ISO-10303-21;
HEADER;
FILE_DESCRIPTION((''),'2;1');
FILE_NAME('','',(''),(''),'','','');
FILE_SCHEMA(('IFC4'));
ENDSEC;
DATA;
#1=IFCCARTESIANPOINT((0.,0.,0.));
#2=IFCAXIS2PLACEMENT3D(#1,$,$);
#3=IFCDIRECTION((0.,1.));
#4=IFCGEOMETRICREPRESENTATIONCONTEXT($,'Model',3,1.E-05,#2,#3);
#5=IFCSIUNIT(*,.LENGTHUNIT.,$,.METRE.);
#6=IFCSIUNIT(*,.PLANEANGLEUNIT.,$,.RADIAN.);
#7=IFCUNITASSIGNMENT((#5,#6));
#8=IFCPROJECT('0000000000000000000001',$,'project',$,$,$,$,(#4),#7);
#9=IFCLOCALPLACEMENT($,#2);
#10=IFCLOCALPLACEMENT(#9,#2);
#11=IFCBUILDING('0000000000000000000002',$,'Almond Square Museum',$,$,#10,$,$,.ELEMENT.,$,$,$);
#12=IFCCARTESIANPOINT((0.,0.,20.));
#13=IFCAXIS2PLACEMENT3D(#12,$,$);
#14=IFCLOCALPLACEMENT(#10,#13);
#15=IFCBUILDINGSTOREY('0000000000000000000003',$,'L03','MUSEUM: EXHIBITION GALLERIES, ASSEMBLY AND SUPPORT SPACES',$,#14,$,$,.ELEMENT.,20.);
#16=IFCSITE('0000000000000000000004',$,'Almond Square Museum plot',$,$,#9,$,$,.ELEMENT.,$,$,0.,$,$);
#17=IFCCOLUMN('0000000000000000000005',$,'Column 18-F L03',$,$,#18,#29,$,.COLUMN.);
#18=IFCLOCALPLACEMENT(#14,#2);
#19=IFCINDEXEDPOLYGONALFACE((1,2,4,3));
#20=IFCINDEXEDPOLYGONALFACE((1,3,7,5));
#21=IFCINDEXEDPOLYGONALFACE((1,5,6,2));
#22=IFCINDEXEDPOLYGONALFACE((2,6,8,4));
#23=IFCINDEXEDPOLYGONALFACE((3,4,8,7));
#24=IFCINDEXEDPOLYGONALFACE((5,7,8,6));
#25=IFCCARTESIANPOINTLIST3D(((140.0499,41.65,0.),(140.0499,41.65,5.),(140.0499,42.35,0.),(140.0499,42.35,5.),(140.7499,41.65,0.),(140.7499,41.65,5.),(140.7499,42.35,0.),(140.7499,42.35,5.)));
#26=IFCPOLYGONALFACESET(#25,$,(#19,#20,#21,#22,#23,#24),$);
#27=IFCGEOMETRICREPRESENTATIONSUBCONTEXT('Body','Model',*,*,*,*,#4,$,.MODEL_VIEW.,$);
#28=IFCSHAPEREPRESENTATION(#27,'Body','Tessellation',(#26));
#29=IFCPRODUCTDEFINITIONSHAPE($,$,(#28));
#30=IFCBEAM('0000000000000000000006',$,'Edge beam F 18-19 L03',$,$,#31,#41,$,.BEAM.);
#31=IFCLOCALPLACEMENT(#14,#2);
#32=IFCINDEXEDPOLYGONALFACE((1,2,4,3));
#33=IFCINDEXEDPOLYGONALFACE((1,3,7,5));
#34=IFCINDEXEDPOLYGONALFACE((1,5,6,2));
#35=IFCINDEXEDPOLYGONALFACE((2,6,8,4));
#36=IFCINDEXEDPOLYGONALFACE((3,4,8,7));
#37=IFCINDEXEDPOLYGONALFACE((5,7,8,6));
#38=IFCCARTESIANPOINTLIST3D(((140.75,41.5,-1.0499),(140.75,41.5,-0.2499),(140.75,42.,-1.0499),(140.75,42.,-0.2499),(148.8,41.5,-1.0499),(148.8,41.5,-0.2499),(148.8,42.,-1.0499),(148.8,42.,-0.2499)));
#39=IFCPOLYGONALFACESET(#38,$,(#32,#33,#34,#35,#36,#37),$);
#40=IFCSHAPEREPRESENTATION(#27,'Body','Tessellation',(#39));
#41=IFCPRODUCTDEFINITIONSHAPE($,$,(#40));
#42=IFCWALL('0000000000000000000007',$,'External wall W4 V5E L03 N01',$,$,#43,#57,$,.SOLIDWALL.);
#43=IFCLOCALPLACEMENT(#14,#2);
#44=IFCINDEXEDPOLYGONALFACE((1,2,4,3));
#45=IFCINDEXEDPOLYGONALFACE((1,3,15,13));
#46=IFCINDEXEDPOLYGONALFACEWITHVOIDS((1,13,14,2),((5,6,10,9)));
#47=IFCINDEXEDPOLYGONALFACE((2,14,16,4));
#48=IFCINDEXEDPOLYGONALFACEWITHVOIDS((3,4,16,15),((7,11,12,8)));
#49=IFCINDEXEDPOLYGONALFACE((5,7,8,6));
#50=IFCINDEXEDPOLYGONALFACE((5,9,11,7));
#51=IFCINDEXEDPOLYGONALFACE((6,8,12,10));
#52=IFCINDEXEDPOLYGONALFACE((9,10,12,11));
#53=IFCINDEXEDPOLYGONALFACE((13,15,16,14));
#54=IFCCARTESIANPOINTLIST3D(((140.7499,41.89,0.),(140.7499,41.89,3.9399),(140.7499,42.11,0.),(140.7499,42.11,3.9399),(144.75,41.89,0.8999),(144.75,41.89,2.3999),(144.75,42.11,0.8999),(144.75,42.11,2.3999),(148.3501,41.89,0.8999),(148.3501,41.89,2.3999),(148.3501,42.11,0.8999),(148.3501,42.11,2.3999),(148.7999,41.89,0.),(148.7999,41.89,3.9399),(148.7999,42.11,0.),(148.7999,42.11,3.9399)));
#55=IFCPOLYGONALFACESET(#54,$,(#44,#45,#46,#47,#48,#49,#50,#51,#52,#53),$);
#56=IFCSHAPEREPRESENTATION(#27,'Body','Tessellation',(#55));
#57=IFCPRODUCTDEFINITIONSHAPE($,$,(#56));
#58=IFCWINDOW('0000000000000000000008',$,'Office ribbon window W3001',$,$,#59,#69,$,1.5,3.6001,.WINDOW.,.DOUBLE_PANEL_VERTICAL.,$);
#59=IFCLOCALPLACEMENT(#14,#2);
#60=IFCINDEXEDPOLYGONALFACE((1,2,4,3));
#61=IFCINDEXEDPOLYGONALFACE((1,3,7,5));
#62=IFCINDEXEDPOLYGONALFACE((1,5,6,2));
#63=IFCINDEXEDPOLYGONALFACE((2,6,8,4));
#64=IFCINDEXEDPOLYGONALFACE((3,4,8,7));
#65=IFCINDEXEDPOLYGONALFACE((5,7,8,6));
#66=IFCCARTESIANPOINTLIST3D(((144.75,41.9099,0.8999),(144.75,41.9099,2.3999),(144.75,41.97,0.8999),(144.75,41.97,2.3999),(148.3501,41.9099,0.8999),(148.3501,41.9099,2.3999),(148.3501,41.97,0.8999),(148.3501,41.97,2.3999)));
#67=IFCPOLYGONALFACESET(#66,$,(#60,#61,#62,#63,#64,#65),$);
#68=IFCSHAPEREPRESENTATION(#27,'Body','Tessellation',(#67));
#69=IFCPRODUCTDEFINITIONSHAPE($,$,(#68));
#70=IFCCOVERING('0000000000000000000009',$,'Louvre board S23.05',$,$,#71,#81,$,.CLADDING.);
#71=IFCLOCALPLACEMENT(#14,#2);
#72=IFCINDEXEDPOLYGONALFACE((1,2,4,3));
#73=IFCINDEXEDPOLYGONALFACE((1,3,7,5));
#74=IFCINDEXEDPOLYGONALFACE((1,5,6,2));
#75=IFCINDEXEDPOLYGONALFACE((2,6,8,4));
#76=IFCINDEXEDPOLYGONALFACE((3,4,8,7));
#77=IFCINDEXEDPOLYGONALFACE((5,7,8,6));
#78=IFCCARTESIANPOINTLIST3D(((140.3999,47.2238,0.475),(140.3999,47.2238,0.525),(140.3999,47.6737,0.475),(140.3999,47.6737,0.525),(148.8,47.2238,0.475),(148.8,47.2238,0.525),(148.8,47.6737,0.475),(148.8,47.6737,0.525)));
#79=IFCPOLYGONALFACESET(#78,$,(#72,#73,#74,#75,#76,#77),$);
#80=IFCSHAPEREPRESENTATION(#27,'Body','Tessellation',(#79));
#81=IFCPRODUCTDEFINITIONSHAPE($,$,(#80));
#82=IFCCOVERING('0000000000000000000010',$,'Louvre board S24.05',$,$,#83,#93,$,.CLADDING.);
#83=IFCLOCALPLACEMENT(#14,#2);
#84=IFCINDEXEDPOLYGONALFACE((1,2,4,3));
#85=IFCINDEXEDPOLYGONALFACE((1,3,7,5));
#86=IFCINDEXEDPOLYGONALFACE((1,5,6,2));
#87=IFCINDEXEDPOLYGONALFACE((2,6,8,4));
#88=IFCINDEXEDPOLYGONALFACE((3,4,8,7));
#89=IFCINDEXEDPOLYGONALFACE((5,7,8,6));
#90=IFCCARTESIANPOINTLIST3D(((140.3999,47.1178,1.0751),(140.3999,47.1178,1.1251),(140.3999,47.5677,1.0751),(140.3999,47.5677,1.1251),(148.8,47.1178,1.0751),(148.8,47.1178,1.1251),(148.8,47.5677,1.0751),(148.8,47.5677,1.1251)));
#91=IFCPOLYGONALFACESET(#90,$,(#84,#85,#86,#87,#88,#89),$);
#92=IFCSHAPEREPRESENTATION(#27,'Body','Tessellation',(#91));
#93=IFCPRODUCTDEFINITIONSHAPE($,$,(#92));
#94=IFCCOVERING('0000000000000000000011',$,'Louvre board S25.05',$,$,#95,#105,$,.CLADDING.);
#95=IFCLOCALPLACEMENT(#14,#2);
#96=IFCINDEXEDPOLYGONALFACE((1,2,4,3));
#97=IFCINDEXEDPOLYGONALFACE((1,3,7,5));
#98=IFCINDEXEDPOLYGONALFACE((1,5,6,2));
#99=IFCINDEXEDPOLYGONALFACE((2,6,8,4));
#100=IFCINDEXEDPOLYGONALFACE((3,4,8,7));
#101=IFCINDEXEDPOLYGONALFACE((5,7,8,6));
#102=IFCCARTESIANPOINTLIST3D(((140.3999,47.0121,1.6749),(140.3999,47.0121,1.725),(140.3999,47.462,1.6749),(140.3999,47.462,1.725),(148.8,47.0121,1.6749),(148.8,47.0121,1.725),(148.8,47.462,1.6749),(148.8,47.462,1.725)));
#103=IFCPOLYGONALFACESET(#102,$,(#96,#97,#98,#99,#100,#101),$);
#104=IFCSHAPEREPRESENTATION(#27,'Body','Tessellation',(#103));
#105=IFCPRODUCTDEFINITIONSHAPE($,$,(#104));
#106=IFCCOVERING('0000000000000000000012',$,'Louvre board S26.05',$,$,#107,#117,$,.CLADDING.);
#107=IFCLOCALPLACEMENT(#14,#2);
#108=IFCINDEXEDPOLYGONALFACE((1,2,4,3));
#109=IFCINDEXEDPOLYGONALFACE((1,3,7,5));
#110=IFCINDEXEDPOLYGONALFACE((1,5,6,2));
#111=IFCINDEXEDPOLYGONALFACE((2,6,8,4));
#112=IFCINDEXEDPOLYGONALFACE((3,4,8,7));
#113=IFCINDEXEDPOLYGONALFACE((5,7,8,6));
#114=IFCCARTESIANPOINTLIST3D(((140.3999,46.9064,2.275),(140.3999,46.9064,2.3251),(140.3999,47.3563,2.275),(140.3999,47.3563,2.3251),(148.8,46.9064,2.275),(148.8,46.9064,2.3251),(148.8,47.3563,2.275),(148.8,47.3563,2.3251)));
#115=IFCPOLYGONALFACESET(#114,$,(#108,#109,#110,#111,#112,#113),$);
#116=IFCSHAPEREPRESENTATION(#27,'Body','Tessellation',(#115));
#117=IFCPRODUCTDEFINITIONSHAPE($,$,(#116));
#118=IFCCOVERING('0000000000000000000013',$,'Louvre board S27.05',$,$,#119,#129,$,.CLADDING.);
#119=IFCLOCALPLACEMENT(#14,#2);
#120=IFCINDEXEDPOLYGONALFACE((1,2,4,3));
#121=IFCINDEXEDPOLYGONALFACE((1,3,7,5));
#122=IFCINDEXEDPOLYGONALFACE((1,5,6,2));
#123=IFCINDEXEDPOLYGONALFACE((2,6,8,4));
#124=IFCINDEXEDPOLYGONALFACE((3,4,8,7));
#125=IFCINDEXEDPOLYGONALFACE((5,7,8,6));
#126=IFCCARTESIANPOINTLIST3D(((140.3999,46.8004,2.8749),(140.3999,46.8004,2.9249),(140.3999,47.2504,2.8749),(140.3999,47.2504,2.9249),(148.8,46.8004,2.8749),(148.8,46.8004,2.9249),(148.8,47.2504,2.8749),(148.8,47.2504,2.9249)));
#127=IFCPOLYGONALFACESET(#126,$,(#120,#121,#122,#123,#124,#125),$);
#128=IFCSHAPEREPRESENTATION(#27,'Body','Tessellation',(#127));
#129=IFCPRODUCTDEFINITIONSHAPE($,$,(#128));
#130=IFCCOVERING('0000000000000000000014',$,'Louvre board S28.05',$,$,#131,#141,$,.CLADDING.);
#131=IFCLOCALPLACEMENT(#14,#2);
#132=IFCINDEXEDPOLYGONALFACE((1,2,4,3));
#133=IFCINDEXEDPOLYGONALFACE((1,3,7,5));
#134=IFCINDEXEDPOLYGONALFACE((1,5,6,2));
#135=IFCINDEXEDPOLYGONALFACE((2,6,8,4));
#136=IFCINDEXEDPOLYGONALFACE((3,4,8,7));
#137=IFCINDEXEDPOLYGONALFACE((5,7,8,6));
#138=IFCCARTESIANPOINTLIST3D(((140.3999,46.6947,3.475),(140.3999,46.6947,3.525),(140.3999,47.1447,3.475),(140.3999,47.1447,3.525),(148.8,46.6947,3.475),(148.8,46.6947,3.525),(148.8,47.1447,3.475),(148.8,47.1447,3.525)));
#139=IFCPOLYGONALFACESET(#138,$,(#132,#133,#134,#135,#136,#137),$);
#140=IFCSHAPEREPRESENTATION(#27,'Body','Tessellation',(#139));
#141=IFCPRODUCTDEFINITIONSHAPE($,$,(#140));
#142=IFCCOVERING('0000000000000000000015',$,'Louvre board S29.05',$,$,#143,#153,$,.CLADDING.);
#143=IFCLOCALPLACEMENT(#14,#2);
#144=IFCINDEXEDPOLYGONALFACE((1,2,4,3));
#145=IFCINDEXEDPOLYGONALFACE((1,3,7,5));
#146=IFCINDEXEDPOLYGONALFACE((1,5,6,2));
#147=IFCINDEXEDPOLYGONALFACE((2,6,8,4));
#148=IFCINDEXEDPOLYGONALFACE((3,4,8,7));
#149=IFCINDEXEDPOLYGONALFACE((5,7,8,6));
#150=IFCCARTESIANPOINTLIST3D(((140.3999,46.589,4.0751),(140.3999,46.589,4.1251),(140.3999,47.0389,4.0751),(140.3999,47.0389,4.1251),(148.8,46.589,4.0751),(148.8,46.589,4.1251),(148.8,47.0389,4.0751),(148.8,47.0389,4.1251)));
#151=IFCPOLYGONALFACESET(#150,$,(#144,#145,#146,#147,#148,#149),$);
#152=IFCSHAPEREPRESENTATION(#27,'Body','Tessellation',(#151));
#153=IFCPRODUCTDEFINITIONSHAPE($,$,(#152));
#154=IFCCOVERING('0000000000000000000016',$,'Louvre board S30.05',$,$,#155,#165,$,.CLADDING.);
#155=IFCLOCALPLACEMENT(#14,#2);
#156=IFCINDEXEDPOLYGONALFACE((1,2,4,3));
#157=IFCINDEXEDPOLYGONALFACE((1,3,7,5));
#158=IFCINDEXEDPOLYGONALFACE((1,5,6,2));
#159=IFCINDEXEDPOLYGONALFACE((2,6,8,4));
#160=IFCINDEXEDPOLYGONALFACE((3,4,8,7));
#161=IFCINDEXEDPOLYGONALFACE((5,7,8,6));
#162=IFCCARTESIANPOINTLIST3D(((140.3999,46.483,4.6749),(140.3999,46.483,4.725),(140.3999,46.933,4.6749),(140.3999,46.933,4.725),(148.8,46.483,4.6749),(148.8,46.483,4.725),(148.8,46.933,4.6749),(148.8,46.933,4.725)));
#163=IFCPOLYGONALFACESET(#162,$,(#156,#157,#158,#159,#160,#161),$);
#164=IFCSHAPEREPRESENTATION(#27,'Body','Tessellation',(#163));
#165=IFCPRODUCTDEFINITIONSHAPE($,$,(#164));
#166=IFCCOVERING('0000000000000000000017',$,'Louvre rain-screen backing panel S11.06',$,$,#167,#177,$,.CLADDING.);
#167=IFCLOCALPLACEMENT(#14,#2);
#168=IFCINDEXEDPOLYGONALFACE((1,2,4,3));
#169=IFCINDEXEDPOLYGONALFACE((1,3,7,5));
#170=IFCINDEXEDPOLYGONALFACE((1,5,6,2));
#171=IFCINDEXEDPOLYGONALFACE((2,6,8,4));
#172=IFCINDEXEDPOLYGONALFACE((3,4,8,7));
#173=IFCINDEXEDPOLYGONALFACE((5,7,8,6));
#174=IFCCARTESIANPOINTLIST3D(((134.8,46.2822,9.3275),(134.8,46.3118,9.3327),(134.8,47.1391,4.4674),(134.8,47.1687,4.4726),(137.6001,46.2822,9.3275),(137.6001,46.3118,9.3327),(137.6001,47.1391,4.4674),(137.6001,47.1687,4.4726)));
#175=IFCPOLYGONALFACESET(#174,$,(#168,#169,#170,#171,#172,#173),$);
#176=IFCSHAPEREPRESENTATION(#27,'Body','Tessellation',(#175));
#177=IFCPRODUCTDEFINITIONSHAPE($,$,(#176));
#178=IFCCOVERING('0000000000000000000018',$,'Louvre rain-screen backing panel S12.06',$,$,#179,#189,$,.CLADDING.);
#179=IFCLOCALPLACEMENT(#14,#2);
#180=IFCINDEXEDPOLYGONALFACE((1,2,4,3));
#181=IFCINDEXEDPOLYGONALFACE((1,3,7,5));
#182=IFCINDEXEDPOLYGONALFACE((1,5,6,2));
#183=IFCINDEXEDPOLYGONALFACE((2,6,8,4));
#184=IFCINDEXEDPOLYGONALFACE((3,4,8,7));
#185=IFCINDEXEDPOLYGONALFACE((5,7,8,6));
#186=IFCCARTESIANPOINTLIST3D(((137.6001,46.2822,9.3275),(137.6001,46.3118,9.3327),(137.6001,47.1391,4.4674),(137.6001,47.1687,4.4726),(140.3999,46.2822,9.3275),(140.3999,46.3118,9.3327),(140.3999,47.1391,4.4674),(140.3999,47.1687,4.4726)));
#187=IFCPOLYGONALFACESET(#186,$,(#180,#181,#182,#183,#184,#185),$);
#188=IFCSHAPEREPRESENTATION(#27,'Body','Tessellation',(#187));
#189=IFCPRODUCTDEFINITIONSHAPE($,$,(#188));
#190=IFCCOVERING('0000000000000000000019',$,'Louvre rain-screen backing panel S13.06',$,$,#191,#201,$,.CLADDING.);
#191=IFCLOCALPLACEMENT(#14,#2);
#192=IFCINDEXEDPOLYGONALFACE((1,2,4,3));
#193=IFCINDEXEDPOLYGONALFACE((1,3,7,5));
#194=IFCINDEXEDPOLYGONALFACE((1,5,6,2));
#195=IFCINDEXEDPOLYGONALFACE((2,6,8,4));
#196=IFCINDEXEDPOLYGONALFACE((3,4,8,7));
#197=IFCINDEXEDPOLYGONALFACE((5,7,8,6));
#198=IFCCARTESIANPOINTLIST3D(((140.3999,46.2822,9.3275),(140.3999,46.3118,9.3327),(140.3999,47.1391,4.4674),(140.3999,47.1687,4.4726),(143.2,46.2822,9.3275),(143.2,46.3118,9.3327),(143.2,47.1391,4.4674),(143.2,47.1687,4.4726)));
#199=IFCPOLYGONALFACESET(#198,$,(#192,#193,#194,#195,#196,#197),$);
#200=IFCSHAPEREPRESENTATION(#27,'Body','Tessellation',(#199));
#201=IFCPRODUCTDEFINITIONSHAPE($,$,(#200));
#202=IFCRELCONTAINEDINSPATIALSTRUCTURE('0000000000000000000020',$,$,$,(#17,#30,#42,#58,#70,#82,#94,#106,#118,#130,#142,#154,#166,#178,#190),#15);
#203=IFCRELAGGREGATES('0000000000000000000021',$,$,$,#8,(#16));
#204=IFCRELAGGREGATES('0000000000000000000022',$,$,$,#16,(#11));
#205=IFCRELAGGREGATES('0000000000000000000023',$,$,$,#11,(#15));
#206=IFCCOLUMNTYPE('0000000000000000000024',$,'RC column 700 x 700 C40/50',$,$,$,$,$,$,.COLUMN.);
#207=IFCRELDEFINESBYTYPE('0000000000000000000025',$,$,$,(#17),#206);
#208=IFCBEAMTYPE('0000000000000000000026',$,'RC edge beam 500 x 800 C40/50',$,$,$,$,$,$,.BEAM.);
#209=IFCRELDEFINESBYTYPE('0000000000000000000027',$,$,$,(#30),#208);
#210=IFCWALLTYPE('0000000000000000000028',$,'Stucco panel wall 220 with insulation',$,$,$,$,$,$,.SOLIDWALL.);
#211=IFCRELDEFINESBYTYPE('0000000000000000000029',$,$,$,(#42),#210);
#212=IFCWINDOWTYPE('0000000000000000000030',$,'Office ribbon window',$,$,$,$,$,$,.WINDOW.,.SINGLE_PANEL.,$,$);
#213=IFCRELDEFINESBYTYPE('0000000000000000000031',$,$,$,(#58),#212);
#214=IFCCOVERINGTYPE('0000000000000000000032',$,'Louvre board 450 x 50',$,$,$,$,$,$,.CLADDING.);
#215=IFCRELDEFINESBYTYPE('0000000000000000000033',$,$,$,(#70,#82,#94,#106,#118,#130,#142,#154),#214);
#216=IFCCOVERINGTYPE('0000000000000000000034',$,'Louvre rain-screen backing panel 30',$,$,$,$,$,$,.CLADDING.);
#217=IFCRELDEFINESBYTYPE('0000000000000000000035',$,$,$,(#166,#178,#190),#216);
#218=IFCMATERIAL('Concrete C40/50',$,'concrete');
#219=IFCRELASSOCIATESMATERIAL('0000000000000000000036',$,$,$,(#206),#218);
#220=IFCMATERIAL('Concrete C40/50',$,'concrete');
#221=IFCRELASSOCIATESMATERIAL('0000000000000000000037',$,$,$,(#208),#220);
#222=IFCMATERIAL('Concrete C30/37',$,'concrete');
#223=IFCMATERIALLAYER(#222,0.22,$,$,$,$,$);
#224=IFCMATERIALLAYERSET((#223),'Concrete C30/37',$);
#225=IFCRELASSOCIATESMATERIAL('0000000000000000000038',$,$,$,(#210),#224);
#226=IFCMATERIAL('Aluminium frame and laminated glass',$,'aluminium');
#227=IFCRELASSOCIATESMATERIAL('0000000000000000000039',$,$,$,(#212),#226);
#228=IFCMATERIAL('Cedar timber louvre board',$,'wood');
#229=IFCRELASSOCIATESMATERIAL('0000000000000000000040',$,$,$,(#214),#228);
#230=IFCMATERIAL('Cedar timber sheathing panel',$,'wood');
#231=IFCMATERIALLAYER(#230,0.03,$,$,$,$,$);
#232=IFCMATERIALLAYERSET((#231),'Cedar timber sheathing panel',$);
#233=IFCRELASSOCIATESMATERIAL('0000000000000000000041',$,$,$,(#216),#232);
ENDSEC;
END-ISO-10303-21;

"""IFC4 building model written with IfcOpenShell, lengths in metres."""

from ifc_helpers import new_model, si_unit, direction, frame, frame_2d, origin, origin_2d, place, context, subcontext, project, spatial, polyline, rectangle, outline, extrude, material, layer, layer_set, material_profile, profile_set, type_object, element, fill, save


model = new_model("IFC4")

# Units and contexts
model_context = context("Model", 3, precision=1e-05, world=origin(), true_north=direction((0.0, 1.0)))
body_context = subcontext(model_context, "Body", "Model", "MODEL_VIEW")
ifc_project = project(units=[si_unit("LENGTHUNIT", "METRE"), si_unit("PLANEANGLEUNIT", "RADIAN")], contexts=[model_context])

# Site, building, storey
site_placement = place(None, origin())
site = spatial("IfcSite", under=ifc_project, at=site_placement, Name="Almond Square Museum plot", CompositionType="ELEMENT", RefElevation=0.0)
building_placement = place(site_placement, origin())
building = spatial("IfcBuilding", under=site, at=building_placement, Name="Almond Square Museum", CompositionType="ELEMENT")
storey_placement = place(building_placement, frame((0.0, 0.0, 20.0)))
storey = spatial("IfcBuildingStorey", under=building, at=storey_placement, Name="L03", Description="MUSEUM: EXHIBITION GALLERIES, ASSEMBLY AND SUPPORT SPACES", CompositionType="ELEMENT", Elevation=20.0)

# Column
ifc_material_1 = material(Name="Concrete C40/50", Category="concrete")
ifc_material_profile_1 = material_profile(ifc_material_1, rectangle(XDim=0.7, YDim=0.7, at=origin_2d()))
ifc_profile_set_1 = profile_set([ifc_material_profile_1], Name="Concrete C40/50")
column_type = type_object("IfcColumnType", Name="RC column 700 x 700 C40/50", PredefinedType="COLUMN", material=ifc_profile_set_1)
column_placement = place(storey_placement, frame((140.3999, 42.0, 0.0), z_axis=(0.0, 0.0, 1.0), x_axis=(1.0, 0.0, 0.0)))
element("IfcColumn", 1, at=column_placement, inside=storey, type_object=column_type, Name="Column 18-F L03", PredefinedType="COLUMN", context=body_context, shape_type="SweptSolid", body=[
    extrude(rectangle(XDim=0.7, YDim=0.7, at=origin_2d()), origin(), (0.0, 0.0, 1.0), 5.0),
])

# Beam
ifc_material_2 = material(Name="Concrete C40/50", Category="concrete")
ifc_material_profile_2 = material_profile(ifc_material_2, rectangle(XDim=0.5, YDim=0.8, at=origin_2d()))
ifc_profile_set_2 = profile_set([ifc_material_profile_2], Name="Concrete C40/50")
beam_type = type_object("IfcBeamType", Name="RC edge beam 500 x 800 C40/50", PredefinedType="BEAM", material=ifc_profile_set_2)
beam_placement = place(storey_placement, frame((140.75, 41.75, -0.6499), z_axis=(1.0, 0.0, 0.0), x_axis=(0.0, 1.0, 0.0)))
element("IfcBeam", 2, at=beam_placement, inside=storey, type_object=beam_type, Name="Edge beam F 18-19 L03", PredefinedType="BEAM", context=body_context, shape_type="SweptSolid", body=[
    extrude(rectangle(XDim=0.5, YDim=0.8, at=origin_2d()), origin(), (0.0, 0.0, 1.0), 8.05),
])

# Wall, opening, window
ifc_material_3 = material(Name="Concrete C30/37", Category="concrete")
ifc_layer_1 = layer(ifc_material_3, 0.22)
ifc_layer_set_1 = layer_set([ifc_layer_1], Name="Concrete C30/37")
wall_type = type_object("IfcWallType", Name="Stucco panel wall 220 with insulation", PredefinedType="SOLIDWALL", material=ifc_layer_set_1)
wall_placement = place(storey_placement, frame((140.75, 42.0, 0.0), z_axis=(0.0, 0.0, 1.0), x_axis=(1.0, 0.0, 0.0)))
wall = element("IfcWall", 3, at=wall_placement, inside=storey, type_object=wall_type, Name="External wall W4 V5E L03 N01", PredefinedType="SOLIDWALL", context=body_context, shape_type="SweptSolid", body=[
    extrude(rectangle(XDim=8.05, YDim=0.22, at=frame_2d((4.0249, 0.0))), origin(), (0.0, 0.0, 1.0), 3.9399),
])
opening_placement = place(wall_placement, frame((4.0, 0.0, 0.8999)))
opening = element("IfcOpeningElement", 4, at=opening_placement, cuts=wall, PredefinedType="OPENING", context=body_context, shape_type="SweptSolid", body=[
    extrude(rectangle(XDim=3.6001, YDim=1.5, at=frame_2d((1.8, 0.75))), frame((0.0, 0.1199, 0.0), z_axis=(0.0, -1.0, 0.0), x_axis=(1.0, 0.0, 0.0)), (0.0, 0.0, 1.0), 0.24),
])
ifc_material_4 = material(Name="Aluminium frame and laminated glass", Category="aluminium")
window_type = type_object("IfcWindowType", Name="Office ribbon window", PartitioningType="SINGLE_PANEL", PredefinedType="WINDOW", material=ifc_material_4)
window_placement = place(opening_placement, origin())
window = element("IfcWindow", 5, at=window_placement, inside=storey, type_object=window_type, Name="Office ribbon window W3001", OverallHeight=1.5, OverallWidth=3.6001, PartitioningType="DOUBLE_PANEL_VERTICAL", PredefinedType="WINDOW", context=body_context, shape_type="SweptSolid", body=[
    extrude(rectangle(XDim=3.6001, YDim=1.5, at=frame_2d((1.8, 0.75))), frame((0.0, -0.03, 0.0), z_axis=(0.0, -1.0, 0.0), x_axis=(1.0, 0.0, 0.0)), (0.0, 0.0, 1.0), 0.0601),
])
fill(opening, window)

# Coverings
ifc_material_5 = material(Name="Cedar timber louvre board", Category="wood")
ifc_material_profile_3 = material_profile(ifc_material_5, rectangle(XDim=0.45, YDim=0.05, at=origin_2d()))
ifc_profile_set_3 = profile_set([ifc_material_profile_3], Name="Cedar timber louvre board")
covering_type_1 = type_object("IfcCoveringType", Name="Louvre board 450 x 50", PredefinedType="CLADDING", material=ifc_profile_set_3)
for number, where, z_axis, x_axis, name in (
    (6, (140.3999, 47.4487, 0.5), (1.0, 0.0, 0.0), (0.0, 1.0, 0.0), "Louvre board S23.05"),
    (7, (140.3999, 47.3428, 1.1001), (1.0, 0.0, 0.0), (0.0, 1.0, 0.0), "Louvre board S24.05"),
    (8, (140.3999, 47.2371, 1.7), (1.0, 0.0, 0.0), (0.0, 1.0, 0.0), "Louvre board S25.05"),
    (9, (140.3999, 47.1313, 2.3), (1.0, 0.0, 0.0), (0.0, 1.0, 0.0), "Louvre board S26.05"),
    (10, (140.3999, 47.0254, 2.8999), (1.0, 0.0, 0.0), (0.0, 1.0, 0.0), "Louvre board S27.05"),
    (11, (140.3999, 46.9197, 3.5), (1.0, 0.0, 0.0), (0.0, 1.0, 0.0), "Louvre board S28.05"),
    (12, (140.3999, 46.814, 4.1001), (1.0, 0.0, 0.0), (0.0, 1.0, 0.0), "Louvre board S29.05"),
    (13, (140.3999, 46.708, 4.7), (1.0, 0.0, 0.0), (0.0, 1.0, 0.0), "Louvre board S30.05"),
):
    element("IfcCovering", number, at=place(storey_placement, frame(where, z_axis=z_axis, x_axis=x_axis)), inside=storey, type_object=covering_type_1, Name=name, PredefinedType="CLADDING", context=body_context, shape_type="SweptSolid", body=[
        extrude(rectangle(XDim=0.45, YDim=0.05, at=origin_2d()), origin(), (0.0, 0.0, 1.0), 8.4001),
    ])
ifc_material_6 = material(Name="Cedar timber sheathing panel", Category="wood")
ifc_layer_2 = layer(ifc_material_6, 0.03)
ifc_layer_set_2 = layer_set([ifc_layer_2], Name="Cedar timber sheathing panel")
covering_type_2 = type_object("IfcCoveringType", Name="Louvre rain-screen backing panel 30", PredefinedType="CLADDING", material=ifc_layer_set_2)
covering_1_placement = place(storey_placement, frame((134.8, 47.1538, 4.47), z_axis=(0.0, -0.984809, -0.173641), x_axis=(1.0, 0.0, 0.0)))
element("IfcCovering", 14, at=covering_1_placement, inside=storey, type_object=covering_type_2, Name="Louvre rain-screen backing panel S11.06", PredefinedType="CLADDING", context=body_context, shape_type="SweptSolid", body=[
    extrude(outline(polyline([(0.0, 0.0), (2.8, 0.0), (2.8, 4.9351), (0.0, 4.9351), (0.0, 0.0)])), frame((0.0, 0.0, -0.0151)), (0.0, 0.0, 1.0), 0.03),
])
covering_2_placement = place(storey_placement, frame((137.6001, 47.1538, 4.47), z_axis=(0.0, -0.984809, -0.173641), x_axis=(1.0, 0.0, 0.0)))
element("IfcCovering", 15, at=covering_2_placement, inside=storey, type_object=covering_type_2, Name="Louvre rain-screen backing panel S12.06", PredefinedType="CLADDING", context=body_context, shape_type="SweptSolid", body=[
    extrude(outline(polyline([(0.0, 0.0), (2.7998, 0.0), (2.7998, 4.9351), (0.0, 4.9351), (0.0, 0.0)])), frame((0.0, 0.0, -0.0151)), (0.0, 0.0, 1.0), 0.03),
])
covering_3_placement = place(storey_placement, frame((140.3999, 47.1538, 4.47), z_axis=(0.0, -0.984809, -0.173641), x_axis=(1.0, 0.0, 0.0)))
element("IfcCovering", 16, at=covering_3_placement, inside=storey, type_object=covering_type_2, Name="Louvre rain-screen backing panel S13.06", PredefinedType="CLADDING", context=body_context, shape_type="SweptSolid", body=[
    extrude(outline(polyline([(0.0, 0.0), (2.8, 0.0), (2.8, 4.9351), (0.0, 4.9351), (0.0, 0.0)])), frame((0.0, 0.0, -0.0151)), (0.0, 0.0, 1.0), 0.03),
])

save(model, "model.ifc")
